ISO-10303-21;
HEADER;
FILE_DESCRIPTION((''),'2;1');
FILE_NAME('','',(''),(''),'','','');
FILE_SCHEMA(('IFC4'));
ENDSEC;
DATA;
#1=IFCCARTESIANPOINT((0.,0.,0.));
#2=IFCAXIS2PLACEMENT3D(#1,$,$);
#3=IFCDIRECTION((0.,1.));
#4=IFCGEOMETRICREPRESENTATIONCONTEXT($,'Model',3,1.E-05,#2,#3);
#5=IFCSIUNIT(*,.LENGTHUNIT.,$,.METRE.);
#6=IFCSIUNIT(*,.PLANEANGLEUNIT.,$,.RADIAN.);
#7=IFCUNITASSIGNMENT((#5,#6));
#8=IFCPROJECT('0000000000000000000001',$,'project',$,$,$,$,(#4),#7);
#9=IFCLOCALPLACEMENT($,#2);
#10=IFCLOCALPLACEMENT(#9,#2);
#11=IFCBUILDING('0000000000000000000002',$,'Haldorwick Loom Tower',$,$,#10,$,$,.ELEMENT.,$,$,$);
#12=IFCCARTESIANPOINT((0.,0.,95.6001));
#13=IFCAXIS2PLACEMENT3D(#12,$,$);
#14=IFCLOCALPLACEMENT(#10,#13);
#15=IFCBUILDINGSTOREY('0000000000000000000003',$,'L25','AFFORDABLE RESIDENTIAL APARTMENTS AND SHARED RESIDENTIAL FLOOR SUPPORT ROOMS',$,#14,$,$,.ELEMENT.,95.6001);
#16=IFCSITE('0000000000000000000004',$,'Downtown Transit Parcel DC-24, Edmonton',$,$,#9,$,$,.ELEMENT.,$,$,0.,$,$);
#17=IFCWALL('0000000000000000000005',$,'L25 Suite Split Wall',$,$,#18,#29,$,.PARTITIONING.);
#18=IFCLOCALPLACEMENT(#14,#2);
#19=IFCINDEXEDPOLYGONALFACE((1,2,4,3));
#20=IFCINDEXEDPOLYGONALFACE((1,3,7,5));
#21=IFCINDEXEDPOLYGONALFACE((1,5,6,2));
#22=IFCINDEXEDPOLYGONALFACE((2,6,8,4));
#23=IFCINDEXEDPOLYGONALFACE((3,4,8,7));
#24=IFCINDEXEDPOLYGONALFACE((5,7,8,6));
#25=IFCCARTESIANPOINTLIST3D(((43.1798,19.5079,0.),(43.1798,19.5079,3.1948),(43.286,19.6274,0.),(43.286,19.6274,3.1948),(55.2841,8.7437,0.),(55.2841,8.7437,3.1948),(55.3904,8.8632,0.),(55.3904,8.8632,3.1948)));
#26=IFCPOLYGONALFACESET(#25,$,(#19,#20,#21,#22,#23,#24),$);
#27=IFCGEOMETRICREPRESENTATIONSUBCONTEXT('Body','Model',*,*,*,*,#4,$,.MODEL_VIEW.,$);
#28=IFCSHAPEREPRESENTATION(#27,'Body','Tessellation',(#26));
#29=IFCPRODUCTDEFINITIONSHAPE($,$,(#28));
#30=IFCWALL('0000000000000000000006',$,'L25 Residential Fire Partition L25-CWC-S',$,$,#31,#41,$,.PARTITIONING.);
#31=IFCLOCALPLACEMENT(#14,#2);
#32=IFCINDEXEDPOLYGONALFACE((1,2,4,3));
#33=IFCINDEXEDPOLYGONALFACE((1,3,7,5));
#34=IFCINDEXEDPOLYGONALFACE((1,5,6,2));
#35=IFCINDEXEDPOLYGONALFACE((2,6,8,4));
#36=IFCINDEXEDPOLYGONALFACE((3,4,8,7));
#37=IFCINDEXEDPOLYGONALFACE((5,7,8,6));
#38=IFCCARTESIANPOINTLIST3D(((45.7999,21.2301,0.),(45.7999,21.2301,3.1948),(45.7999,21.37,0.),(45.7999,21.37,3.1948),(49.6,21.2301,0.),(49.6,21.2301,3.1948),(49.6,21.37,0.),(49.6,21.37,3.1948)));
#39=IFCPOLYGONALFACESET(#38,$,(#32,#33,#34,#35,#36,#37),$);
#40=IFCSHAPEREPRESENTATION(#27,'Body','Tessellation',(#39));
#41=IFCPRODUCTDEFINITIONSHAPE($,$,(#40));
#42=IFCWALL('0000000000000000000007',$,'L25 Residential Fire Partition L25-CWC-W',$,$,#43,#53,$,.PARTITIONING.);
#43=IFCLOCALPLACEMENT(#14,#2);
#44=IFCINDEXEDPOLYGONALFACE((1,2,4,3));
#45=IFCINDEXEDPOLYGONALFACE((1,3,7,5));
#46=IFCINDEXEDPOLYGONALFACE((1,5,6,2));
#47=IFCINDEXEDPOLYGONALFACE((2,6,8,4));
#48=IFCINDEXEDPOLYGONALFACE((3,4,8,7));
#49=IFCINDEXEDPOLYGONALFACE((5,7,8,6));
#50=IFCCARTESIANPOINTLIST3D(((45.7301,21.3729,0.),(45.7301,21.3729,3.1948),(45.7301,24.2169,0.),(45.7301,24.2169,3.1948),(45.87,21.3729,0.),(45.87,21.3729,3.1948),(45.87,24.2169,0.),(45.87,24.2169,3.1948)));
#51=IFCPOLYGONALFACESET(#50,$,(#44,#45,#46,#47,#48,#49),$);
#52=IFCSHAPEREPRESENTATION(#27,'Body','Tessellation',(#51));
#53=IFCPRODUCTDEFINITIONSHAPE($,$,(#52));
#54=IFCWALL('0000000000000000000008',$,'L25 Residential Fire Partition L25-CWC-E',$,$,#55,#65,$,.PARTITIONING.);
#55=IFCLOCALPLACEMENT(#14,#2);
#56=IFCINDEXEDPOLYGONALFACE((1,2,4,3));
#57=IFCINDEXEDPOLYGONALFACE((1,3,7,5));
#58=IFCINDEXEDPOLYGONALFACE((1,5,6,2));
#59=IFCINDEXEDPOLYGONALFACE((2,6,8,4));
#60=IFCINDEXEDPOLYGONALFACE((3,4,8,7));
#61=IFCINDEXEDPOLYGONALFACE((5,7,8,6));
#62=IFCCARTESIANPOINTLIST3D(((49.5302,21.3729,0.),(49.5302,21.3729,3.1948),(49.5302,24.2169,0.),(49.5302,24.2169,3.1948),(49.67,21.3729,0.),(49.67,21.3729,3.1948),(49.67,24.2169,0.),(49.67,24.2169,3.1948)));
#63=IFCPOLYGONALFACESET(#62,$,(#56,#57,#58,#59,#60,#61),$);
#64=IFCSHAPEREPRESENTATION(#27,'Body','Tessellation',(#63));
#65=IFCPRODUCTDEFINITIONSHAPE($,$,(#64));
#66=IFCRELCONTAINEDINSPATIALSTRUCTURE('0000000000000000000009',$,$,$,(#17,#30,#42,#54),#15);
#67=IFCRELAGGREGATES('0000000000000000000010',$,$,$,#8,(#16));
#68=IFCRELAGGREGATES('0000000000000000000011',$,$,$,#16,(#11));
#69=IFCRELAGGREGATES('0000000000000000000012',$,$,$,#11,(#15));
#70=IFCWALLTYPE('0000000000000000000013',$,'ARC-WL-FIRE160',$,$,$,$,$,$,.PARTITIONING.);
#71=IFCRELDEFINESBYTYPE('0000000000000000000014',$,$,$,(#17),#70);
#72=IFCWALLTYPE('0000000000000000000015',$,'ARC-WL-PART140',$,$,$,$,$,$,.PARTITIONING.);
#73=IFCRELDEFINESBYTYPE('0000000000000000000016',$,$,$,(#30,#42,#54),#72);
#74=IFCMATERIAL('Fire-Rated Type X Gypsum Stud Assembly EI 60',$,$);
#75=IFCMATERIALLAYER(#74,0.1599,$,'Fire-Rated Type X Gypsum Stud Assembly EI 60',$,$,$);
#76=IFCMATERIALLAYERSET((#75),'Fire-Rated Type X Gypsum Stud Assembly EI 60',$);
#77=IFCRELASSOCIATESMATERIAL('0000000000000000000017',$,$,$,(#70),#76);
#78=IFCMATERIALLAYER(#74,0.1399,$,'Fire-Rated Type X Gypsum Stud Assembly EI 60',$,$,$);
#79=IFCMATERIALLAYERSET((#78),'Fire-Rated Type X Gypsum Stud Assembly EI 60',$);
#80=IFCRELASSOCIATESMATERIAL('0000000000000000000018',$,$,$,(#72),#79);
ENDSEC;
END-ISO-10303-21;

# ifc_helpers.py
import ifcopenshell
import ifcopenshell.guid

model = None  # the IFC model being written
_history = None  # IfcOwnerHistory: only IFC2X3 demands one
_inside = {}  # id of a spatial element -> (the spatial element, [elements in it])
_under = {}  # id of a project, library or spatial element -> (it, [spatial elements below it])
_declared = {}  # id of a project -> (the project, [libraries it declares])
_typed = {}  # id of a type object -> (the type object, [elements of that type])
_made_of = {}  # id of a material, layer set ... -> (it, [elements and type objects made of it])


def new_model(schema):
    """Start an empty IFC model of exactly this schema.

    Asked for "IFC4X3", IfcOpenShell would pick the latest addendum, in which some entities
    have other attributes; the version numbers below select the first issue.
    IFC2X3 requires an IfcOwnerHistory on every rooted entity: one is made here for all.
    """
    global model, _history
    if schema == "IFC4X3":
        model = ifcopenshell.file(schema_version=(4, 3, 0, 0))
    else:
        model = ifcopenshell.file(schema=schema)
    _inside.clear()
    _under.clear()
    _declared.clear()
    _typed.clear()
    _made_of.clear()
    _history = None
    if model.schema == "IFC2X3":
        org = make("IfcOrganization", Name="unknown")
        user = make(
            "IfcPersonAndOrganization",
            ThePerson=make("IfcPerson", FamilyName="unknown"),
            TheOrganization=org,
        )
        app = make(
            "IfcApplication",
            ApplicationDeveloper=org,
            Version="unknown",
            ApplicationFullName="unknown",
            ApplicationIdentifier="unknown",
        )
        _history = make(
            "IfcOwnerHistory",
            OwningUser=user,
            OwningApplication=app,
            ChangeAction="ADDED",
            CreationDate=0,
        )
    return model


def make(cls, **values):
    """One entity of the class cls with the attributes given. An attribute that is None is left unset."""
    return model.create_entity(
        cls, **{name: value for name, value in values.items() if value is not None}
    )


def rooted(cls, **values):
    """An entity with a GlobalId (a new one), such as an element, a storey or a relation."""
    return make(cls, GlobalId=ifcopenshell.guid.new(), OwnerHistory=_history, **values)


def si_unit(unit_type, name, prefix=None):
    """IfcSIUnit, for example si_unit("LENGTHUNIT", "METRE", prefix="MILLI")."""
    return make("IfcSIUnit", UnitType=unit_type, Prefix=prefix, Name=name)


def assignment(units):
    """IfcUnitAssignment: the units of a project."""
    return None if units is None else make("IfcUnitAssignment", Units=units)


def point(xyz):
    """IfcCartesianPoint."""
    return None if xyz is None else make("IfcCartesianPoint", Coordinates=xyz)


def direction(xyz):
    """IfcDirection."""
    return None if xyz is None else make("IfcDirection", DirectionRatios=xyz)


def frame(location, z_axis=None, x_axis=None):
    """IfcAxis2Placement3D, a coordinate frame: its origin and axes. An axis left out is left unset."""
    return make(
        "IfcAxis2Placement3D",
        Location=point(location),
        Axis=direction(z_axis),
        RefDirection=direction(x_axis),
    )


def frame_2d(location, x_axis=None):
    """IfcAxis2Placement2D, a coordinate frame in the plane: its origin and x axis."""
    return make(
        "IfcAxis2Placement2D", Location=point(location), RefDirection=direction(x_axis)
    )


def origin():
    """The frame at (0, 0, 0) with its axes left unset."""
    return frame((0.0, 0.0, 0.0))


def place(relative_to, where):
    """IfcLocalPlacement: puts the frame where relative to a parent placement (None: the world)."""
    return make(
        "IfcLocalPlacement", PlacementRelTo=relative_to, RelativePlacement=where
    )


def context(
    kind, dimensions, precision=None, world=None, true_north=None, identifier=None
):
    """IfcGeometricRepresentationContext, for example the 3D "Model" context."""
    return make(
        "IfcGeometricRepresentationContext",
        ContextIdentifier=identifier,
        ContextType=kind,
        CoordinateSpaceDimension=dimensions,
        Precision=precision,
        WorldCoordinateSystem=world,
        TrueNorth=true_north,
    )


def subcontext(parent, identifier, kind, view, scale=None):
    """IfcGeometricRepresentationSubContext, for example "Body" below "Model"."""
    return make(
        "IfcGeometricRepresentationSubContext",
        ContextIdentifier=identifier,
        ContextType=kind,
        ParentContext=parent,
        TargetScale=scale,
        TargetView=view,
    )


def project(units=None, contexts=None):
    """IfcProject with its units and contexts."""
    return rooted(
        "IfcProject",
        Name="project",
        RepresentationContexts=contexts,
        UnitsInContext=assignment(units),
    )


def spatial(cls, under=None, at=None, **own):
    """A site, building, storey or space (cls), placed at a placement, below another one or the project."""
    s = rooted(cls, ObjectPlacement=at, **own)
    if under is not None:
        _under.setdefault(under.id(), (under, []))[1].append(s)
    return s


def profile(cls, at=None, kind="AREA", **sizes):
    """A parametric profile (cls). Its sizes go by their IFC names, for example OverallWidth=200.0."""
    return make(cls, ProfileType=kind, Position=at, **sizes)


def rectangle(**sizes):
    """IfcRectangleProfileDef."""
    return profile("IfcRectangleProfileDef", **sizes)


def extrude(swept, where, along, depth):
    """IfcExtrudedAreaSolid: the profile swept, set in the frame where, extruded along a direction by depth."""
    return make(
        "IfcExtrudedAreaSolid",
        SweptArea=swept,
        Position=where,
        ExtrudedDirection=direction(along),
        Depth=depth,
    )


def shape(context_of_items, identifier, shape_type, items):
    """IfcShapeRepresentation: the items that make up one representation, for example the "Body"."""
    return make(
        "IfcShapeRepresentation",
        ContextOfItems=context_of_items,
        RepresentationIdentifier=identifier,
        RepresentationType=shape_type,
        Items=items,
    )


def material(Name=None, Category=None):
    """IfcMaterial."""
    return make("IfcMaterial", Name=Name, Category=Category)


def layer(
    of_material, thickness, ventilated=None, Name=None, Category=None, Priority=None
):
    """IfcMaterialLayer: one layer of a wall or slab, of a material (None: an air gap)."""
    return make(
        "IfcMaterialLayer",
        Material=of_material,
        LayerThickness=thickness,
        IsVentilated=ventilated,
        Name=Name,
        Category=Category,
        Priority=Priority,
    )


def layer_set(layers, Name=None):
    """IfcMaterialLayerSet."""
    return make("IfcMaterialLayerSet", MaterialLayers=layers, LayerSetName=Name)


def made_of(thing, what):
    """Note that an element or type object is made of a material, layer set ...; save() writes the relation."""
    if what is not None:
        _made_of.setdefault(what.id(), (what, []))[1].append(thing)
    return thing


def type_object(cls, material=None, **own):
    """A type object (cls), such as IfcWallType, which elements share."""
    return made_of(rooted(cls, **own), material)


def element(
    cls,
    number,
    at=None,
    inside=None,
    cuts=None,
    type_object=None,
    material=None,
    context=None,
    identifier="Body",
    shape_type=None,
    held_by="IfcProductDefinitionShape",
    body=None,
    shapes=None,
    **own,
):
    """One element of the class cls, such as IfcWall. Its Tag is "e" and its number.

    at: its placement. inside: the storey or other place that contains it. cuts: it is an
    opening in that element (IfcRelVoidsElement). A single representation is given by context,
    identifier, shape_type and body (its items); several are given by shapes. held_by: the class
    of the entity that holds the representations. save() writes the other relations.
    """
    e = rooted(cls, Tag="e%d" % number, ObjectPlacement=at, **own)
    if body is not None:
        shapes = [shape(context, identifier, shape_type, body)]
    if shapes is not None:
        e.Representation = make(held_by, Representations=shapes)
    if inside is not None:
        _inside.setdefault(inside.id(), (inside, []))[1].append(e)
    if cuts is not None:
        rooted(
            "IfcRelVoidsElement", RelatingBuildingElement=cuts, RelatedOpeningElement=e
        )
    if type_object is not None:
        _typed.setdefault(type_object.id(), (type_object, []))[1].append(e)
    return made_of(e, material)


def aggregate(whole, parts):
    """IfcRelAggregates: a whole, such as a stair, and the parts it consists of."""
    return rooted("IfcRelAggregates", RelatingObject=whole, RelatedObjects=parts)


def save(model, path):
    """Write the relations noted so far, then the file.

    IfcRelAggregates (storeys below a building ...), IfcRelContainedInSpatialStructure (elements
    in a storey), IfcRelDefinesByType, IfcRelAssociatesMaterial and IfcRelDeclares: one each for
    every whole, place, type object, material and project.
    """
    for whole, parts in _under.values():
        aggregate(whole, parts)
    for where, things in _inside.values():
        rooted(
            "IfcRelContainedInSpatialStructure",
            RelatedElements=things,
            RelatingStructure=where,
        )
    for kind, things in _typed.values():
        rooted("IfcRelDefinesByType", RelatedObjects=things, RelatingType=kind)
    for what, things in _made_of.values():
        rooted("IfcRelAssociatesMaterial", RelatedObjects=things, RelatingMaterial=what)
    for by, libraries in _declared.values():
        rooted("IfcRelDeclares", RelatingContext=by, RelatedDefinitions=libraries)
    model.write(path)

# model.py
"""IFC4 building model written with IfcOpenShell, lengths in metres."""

from ifc_helpers import new_model, si_unit, direction, frame, frame_2d, origin, place, context, subcontext, project, spatial, rectangle, extrude, material, layer, layer_set, type_object, element, save


model = new_model("IFC4")

# Units and contexts
model_context = context("Model", 3, precision=1e-05, world=origin(), true_north=direction((0.0, 1.0)))
body_context = subcontext(model_context, "Body", "Model", "MODEL_VIEW")
ifc_project = project(units=[si_unit("LENGTHUNIT", "METRE"), si_unit("PLANEANGLEUNIT", "RADIAN")], contexts=[model_context])

# Site, building, storey
site_placement = place(None, origin())
site = spatial("IfcSite", under=ifc_project, at=site_placement, Name="Downtown Transit Parcel DC-24, Edmonton", CompositionType="ELEMENT", RefElevation=0.0)
building_placement = place(site_placement, origin())
building = spatial("IfcBuilding", under=site, at=building_placement, Name="Haldorwick Loom Tower", CompositionType="ELEMENT")
storey_placement = place(building_placement, frame((0.0, 0.0, 95.6001)))
storey = spatial("IfcBuildingStorey", under=building, at=storey_placement, Name="L25", Description="AFFORDABLE RESIDENTIAL APARTMENTS AND SHARED RESIDENTIAL FLOOR SUPPORT ROOMS", CompositionType="ELEMENT", Elevation=95.6001)

# Shared definitions
ifc_material_1 = material(Name="Fire-Rated Type X Gypsum Stud Assembly EI 60")
ifc_layer_1 = layer(ifc_material_1, 0.1599, Name="Fire-Rated Type X Gypsum Stud Assembly EI 60")
ifc_layer_set_1 = layer_set([ifc_layer_1], Name="Fire-Rated Type X Gypsum Stud Assembly EI 60")
wall_type_1 = type_object("IfcWallType", Name="ARC-WL-FIRE160", PredefinedType="PARTITIONING", material=ifc_layer_set_1)

# Walls
wall_1_placement = place(storey_placement, frame((43.2329, 19.5676, 0.0), z_axis=(0.0, 0.0, 1.0), x_axis=(0.747261, -0.66453, 0.0)))
element("IfcWall", 1, at=wall_1_placement, inside=storey, type_object=wall_type_1, Name="L25 Suite Split Wall", PredefinedType="PARTITIONING", context=body_context, shape_type="SweptSolid", body=[
    extrude(rectangle(XDim=16.1982, YDim=0.1599, at=frame_2d((8.0991, 0.0))), origin(), (0.0, 0.0, 1.0), 3.1948),
])
ifc_layer_2 = layer(ifc_material_1, 0.1399, Name="Fire-Rated Type X Gypsum Stud Assembly EI 60")
ifc_layer_set_2 = layer_set([ifc_layer_2], Name="Fire-Rated Type X Gypsum Stud Assembly EI 60")
wall_type_2 = type_object("IfcWallType", Name="ARC-WL-PART140", PredefinedType="PARTITIONING", material=ifc_layer_set_2)
wall_2_placement = place(storey_placement, frame((45.8, 21.3, 0.0), z_axis=(0.0, 0.0, 1.0), x_axis=(1.0, 0.0, 0.0)))
element("IfcWall", 2, at=wall_2_placement, inside=storey, type_object=wall_type_2, Name="L25 Residential Fire Partition L25-CWC-S", PredefinedType="PARTITIONING", context=body_context, shape_type="SweptSolid", body=[
    extrude(rectangle(XDim=3.8, YDim=0.1399, at=frame_2d((1.8999, 0.0))), origin(), (0.0, 0.0, 1.0), 3.1948),
])
for number, where, z_axis, x_axis, name in (
    (3, (45.8, 21.373, 0.0), (0.0, 0.0, 1.0), (0.0, 1.0, 0.0), "L25 Residential Fire Partition L25-CWC-W"),
    (4, (49.6001, 21.373, 0.0), (0.0, 0.0, 1.0), (0.0, 1.0, 0.0), "L25 Residential Fire Partition L25-CWC-E"),
):
    element("IfcWall", number, at=place(storey_placement, frame(where, z_axis=z_axis, x_axis=x_axis)), inside=storey, type_object=wall_type_2, Name=name, PredefinedType="PARTITIONING", context=body_context, shape_type="SweptSolid", body=[
        extrude(rectangle(XDim=2.844, YDim=0.1399, at=frame_2d((1.4219, 0.0))), origin(), (0.0, 0.0, 1.0), 3.1948),
    ])

save(model, "model.ifc")
